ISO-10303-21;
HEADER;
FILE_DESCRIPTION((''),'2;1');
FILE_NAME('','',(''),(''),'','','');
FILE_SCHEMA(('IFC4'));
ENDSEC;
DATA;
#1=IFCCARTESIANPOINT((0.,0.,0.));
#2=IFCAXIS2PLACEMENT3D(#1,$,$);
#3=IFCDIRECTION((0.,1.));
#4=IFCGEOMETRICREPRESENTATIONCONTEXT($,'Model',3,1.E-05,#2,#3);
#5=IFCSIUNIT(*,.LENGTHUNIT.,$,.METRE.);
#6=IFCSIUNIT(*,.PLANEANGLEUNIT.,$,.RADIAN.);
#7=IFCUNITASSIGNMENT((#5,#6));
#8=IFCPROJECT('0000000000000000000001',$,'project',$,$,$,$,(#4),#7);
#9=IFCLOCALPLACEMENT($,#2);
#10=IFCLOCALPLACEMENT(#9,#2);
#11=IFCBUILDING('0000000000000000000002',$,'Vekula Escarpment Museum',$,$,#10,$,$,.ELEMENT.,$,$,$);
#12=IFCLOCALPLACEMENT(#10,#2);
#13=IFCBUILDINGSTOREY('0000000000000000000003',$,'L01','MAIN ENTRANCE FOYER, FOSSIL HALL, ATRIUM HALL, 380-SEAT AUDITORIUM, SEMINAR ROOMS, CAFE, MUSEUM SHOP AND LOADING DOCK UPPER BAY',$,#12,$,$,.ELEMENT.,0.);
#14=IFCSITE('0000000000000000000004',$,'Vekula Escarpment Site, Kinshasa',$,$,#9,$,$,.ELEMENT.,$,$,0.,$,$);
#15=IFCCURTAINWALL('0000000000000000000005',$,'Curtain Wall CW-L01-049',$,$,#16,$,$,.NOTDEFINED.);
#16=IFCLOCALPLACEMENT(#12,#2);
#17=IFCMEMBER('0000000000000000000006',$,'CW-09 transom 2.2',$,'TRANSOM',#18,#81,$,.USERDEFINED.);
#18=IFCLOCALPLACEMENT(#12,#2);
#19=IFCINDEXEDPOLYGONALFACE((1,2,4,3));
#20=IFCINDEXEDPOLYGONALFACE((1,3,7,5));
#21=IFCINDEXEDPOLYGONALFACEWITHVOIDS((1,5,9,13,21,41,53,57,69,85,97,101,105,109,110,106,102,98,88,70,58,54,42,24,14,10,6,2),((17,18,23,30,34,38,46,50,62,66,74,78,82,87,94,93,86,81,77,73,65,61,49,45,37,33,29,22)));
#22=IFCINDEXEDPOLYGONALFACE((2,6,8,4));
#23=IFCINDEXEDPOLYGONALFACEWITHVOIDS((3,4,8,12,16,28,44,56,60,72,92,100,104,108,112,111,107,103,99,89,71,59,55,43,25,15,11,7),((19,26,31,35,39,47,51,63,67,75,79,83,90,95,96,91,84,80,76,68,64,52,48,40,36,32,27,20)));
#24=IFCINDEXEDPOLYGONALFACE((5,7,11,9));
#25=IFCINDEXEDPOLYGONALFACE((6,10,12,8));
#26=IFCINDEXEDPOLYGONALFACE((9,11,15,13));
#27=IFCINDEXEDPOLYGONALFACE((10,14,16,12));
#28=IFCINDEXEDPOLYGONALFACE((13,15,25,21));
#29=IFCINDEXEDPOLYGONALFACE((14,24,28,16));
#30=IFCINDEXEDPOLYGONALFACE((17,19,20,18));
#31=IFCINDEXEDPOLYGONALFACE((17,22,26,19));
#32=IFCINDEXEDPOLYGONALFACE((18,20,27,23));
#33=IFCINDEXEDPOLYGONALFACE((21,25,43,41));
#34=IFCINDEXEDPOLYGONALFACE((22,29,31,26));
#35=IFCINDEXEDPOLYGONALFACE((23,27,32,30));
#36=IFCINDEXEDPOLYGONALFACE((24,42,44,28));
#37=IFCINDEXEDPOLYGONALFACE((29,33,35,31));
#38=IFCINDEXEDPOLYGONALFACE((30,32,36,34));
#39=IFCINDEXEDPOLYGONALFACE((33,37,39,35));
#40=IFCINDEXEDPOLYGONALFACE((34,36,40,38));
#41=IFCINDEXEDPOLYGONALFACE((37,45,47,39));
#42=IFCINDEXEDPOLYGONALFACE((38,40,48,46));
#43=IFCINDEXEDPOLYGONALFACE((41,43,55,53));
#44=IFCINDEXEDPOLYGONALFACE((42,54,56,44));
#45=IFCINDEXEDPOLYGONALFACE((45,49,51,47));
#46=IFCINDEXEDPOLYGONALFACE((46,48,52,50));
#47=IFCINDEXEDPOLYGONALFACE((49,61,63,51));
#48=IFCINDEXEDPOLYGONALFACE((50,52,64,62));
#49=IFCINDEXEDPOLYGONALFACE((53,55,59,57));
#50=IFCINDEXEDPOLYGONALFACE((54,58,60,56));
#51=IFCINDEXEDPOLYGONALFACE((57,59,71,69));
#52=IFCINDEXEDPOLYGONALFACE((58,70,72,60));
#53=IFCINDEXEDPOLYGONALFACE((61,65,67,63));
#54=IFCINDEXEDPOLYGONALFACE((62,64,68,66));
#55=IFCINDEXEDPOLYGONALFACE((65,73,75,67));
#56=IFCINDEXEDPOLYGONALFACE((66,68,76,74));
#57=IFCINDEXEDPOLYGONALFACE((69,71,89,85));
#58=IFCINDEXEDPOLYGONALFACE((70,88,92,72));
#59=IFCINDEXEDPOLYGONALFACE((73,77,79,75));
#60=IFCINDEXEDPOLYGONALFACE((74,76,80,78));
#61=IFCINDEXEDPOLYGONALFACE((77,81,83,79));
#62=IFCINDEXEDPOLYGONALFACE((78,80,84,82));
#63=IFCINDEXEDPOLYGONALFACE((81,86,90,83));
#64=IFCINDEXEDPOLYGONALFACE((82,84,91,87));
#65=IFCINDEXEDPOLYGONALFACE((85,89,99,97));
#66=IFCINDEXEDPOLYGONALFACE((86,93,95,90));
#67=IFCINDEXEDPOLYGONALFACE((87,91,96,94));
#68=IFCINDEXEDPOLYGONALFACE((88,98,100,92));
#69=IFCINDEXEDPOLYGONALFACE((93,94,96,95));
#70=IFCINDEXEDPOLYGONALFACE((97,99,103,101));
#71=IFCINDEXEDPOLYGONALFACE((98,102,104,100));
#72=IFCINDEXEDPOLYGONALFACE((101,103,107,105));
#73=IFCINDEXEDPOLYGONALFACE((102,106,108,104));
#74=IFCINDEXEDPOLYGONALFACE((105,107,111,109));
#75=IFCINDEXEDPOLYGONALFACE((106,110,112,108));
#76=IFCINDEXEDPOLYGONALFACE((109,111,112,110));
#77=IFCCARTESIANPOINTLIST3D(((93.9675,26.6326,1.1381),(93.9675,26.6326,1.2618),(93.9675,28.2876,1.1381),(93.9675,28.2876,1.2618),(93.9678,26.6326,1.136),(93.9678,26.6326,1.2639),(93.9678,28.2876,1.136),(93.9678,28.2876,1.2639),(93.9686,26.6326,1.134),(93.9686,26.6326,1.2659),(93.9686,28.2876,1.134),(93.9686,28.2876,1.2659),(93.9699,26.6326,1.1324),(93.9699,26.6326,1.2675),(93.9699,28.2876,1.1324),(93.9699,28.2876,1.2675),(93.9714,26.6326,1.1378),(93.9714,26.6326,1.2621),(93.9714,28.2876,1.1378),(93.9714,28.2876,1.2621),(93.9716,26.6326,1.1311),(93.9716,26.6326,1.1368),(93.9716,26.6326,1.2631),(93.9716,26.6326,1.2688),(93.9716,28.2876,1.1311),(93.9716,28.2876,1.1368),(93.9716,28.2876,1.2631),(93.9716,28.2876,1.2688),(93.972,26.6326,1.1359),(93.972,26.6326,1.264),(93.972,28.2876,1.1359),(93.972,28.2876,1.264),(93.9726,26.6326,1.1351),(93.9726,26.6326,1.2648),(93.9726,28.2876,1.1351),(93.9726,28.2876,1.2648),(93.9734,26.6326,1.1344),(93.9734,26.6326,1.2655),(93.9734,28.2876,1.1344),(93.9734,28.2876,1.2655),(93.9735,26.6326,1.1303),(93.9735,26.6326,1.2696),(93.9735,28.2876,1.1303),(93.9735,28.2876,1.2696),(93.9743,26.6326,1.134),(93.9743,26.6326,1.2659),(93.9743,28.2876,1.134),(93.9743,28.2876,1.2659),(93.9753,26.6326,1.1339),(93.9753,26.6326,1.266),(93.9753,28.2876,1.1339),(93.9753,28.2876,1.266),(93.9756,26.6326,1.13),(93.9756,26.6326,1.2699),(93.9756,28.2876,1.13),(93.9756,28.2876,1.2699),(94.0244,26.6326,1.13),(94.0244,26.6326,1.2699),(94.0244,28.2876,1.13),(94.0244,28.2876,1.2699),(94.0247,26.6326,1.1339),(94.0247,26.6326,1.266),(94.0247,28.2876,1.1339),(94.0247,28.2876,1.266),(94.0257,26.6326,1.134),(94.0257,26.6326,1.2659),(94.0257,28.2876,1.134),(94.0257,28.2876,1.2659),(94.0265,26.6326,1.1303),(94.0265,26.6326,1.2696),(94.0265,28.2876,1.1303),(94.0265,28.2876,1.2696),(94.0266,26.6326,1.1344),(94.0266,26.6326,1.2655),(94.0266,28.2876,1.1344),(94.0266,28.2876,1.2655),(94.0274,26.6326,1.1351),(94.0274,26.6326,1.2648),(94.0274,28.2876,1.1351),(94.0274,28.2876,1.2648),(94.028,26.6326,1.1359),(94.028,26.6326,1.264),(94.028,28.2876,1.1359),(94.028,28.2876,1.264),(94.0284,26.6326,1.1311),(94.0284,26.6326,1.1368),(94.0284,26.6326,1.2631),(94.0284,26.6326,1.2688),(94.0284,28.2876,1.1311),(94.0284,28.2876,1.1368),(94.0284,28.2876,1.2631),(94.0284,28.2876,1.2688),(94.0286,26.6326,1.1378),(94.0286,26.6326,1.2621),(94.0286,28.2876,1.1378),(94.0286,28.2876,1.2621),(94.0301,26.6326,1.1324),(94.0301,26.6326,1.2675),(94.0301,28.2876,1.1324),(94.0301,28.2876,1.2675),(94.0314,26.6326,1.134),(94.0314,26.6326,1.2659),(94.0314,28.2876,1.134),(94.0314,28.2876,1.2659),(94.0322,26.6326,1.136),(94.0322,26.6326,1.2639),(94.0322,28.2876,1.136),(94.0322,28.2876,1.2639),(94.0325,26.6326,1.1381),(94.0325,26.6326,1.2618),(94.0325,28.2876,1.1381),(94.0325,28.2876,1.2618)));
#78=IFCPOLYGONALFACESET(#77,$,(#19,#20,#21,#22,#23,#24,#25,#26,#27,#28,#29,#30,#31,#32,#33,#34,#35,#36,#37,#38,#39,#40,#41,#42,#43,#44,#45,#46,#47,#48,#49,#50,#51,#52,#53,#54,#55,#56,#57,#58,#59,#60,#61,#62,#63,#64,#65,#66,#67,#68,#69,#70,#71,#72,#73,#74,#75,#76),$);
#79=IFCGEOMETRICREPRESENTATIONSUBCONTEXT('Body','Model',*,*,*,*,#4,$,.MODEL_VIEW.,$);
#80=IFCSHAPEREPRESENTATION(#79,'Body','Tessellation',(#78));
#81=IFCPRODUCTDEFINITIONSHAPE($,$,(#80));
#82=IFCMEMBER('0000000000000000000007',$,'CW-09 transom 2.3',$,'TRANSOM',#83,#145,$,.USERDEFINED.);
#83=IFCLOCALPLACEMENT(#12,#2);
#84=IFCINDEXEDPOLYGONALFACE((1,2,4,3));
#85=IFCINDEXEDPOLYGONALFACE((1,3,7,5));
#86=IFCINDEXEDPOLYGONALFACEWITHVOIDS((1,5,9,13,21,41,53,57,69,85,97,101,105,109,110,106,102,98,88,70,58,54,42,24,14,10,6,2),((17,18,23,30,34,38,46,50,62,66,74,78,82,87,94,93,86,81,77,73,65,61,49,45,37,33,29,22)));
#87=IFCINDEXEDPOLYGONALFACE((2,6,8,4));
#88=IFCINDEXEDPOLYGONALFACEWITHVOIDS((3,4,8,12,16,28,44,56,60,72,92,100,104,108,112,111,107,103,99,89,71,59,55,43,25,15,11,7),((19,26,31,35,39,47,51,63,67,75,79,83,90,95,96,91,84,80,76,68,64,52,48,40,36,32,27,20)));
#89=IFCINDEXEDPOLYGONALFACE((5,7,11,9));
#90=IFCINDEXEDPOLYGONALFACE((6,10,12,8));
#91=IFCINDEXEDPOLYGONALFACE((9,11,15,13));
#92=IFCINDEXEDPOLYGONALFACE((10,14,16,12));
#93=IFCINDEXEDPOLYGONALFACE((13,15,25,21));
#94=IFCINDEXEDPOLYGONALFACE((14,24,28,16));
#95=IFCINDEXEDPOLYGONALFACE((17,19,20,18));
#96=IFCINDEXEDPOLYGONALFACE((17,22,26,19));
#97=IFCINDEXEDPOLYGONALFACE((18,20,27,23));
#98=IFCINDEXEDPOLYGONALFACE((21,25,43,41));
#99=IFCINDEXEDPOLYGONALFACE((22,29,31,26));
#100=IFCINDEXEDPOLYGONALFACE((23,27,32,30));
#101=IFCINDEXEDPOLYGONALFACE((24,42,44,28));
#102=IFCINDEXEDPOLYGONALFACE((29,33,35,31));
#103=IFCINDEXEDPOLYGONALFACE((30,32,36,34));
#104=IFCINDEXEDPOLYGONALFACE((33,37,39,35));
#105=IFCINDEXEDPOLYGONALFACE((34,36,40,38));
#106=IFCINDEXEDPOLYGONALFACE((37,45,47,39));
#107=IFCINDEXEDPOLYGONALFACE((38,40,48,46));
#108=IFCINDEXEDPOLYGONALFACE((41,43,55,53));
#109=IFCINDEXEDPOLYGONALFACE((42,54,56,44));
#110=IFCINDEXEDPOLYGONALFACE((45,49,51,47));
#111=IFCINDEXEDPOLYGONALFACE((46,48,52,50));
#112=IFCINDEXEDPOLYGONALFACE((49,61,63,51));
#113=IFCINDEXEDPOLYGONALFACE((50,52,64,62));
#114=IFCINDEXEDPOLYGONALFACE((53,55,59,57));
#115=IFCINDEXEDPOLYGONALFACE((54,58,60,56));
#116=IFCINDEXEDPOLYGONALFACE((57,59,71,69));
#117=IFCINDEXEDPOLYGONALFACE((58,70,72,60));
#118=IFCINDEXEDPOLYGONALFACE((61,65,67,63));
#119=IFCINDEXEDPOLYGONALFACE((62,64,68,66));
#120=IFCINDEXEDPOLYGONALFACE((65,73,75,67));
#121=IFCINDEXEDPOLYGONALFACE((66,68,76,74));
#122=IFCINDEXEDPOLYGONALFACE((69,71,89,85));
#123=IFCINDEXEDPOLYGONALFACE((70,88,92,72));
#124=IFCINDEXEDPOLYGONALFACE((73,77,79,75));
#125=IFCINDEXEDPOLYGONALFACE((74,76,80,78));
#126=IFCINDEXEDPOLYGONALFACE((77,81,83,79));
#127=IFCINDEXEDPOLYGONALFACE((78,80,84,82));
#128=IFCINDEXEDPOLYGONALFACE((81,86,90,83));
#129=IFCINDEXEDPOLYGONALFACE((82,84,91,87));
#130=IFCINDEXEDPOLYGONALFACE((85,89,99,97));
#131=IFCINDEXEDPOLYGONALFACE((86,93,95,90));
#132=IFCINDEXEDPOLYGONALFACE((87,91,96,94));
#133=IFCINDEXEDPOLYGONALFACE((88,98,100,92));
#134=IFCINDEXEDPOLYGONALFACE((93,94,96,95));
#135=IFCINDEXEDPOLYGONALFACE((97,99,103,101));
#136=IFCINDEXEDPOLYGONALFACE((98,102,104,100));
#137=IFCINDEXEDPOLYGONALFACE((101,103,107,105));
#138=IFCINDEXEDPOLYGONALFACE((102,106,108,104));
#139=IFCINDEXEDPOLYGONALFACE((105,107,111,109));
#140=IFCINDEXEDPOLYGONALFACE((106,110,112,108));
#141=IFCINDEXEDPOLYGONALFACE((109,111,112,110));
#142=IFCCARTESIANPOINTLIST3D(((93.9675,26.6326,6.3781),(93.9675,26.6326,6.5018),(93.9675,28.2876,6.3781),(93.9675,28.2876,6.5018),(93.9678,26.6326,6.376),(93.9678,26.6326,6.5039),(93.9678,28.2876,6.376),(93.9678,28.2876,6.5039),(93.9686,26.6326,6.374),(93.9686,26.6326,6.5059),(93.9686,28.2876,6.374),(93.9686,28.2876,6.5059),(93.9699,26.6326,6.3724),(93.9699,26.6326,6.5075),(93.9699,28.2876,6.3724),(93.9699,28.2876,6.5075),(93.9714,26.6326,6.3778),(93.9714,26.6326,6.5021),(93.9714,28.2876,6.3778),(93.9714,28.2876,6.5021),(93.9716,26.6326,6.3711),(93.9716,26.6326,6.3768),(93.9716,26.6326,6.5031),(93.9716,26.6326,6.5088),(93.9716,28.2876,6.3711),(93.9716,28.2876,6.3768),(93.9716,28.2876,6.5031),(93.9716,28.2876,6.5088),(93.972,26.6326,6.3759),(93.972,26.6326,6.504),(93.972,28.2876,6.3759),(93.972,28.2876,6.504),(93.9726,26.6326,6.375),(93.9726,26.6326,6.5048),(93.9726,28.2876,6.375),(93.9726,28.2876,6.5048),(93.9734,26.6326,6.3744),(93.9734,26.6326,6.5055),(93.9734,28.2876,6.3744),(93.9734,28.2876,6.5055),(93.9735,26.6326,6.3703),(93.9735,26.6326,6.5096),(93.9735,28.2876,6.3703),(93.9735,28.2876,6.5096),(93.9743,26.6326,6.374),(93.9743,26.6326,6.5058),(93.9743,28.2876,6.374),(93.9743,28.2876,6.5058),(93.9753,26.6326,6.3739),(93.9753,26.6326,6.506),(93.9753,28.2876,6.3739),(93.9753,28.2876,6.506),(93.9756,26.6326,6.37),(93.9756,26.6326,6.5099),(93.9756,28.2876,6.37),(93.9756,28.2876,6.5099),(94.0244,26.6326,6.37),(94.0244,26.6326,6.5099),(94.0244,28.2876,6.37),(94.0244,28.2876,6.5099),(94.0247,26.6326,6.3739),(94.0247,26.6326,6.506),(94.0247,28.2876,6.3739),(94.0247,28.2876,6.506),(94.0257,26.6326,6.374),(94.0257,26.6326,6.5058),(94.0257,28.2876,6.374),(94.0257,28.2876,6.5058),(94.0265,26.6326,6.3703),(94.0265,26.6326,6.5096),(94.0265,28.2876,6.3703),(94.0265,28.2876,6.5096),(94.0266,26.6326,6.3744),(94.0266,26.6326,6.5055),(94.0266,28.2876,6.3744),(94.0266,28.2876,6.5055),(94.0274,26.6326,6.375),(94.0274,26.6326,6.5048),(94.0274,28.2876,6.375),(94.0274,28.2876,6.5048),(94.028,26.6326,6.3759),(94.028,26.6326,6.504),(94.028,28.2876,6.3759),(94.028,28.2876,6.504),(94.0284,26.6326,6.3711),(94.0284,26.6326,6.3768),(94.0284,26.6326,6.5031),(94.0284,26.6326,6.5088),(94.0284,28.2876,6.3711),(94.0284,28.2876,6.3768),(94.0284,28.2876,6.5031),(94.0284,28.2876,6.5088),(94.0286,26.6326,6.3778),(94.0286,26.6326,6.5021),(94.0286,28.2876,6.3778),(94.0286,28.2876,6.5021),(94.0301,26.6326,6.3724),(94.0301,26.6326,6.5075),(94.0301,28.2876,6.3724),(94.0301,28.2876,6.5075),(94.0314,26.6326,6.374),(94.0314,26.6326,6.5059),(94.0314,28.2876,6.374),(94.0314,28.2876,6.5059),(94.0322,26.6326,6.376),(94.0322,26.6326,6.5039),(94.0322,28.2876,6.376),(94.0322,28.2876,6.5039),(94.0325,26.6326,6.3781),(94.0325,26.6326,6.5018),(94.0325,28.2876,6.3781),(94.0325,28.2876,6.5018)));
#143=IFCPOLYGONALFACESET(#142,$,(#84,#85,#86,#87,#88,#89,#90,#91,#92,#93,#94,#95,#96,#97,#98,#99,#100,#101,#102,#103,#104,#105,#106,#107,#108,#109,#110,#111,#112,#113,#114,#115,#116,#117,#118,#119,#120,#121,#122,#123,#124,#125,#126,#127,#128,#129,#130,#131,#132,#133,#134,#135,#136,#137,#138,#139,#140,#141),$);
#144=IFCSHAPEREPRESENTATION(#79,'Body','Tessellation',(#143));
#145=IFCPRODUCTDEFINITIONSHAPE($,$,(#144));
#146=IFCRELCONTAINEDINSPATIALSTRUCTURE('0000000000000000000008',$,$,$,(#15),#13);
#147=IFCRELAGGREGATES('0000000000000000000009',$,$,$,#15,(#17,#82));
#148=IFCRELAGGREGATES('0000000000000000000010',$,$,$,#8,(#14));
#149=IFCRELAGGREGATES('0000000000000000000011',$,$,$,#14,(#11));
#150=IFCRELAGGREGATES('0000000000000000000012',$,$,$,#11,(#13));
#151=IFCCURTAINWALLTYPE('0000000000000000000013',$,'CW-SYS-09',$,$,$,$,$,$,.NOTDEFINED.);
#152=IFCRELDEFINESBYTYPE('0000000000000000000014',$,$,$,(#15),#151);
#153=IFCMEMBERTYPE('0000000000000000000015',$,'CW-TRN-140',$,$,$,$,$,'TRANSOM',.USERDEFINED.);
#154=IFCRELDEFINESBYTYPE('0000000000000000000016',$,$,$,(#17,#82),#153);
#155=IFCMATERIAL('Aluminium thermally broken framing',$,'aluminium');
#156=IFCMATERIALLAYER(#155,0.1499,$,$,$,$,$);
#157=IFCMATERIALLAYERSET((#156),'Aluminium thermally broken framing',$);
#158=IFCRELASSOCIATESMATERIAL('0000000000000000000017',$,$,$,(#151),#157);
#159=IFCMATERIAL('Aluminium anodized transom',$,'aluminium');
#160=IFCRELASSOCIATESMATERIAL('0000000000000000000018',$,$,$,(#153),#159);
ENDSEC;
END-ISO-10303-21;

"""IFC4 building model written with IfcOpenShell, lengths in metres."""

from ifc_helpers import new_model, si_unit, direction, frame, origin, origin_2d, place, context, subcontext, project, spatial, hollow_rectangle, extrude, material, layer, layer_set, material_profile, profile_set, type_object, element, aggregate, save


model = new_model("IFC4")

# Units and contexts
model_context = context("Model", 3, precision=1e-05, world=origin(), true_north=direction((0.0, 1.0)))
body_context = subcontext(model_context, "Body", "Model", "MODEL_VIEW")
ifc_project = project(units=[si_unit("LENGTHUNIT", "METRE"), si_unit("PLANEANGLEUNIT", "RADIAN")], contexts=[model_context])

# Site, building, storey
site_placement = place(None, origin())
site = spatial("IfcSite", under=ifc_project, at=site_placement, Name="Vekula Escarpment Site, Kinshasa", CompositionType="ELEMENT", RefElevation=0.0)
building_placement = place(site_placement, origin())
building = spatial("IfcBuilding", under=site, at=building_placement, Name="Vekula Escarpment Museum", CompositionType="ELEMENT")
storey_placement = place(building_placement, origin())
storey = spatial("IfcBuildingStorey", under=building, at=storey_placement, Name="L01", Description="MAIN ENTRANCE FOYER, FOSSIL HALL, ATRIUM HALL, 380-SEAT AUDITORIUM, SEMINAR ROOMS, CAFE, MUSEUM SHOP AND LOADING DOCK UPPER BAY", CompositionType="ELEMENT", Elevation=0.0)

# Curtain wall, members
ifc_material_1 = material(Name="Aluminium thermally broken framing", Category="aluminium")
ifc_layer_1 = layer(ifc_material_1, 0.1499)
ifc_layer_set_1 = layer_set([ifc_layer_1], Name="Aluminium thermally broken framing")
curtain_wall_type = type_object("IfcCurtainWallType", Name="CW-SYS-09", PredefinedType="NOTDEFINED", material=ifc_layer_set_1)
curtain_wall_placement = place(storey_placement, origin())
curtain_wall = element("IfcCurtainWall", 1, at=curtain_wall_placement, inside=storey, type_object=curtain_wall_type, Name="Curtain Wall CW-L01-049", PredefinedType="NOTDEFINED")
ifc_material_2 = material(Name="Aluminium anodized transom", Category="aluminium")
ifc_material_profile_1 = material_profile(ifc_material_2, hollow_rectangle(XDim=0.0649, YDim=0.1399, WallThickness=0.0039, InnerFilletRadius=0.0039, OuterFilletRadius=0.0081, at=origin_2d()), Name="ALU 140x65x4")
ifc_profile_set_1 = profile_set([ifc_material_profile_1], Name="Aluminium anodized transom")
member_type_1 = type_object("IfcMemberType", Name="CW-TRN-140", ElementType="TRANSOM", PredefinedType="USERDEFINED", material=ifc_profile_set_1)
member_1_placement = place(storey_placement, frame((94.0, 28.2876, 1.2), z_axis=(0.0, -1.0, 0.0), x_axis=(1.0, 0.0, 0.0)))
member_1 = element("IfcMember", 2, at=member_1_placement, type_object=member_type_1, Name="CW-09 transom 2.2", ObjectType="TRANSOM", PredefinedType="USERDEFINED", context=body_context, shape_type="SweptSolid", body=[
    extrude(hollow_rectangle(XDim=0.0649, YDim=0.1399, WallThickness=0.0039, InnerFilletRadius=0.0039, OuterFilletRadius=0.0081, at=origin_2d()), origin(), (0.0, 0.0, 1.0), 1.655),
])
member_2_placement = place(storey_placement, frame((94.0, 28.2876, 6.4399), z_axis=(0.0, -1.0, 0.0), x_axis=(1.0, 0.0, 0.0)))
member_2 = element("IfcMember", 3, at=member_2_placement, type_object=member_type_1, Name="CW-09 transom 2.3", ObjectType="TRANSOM", PredefinedType="USERDEFINED", context=body_context, shape_type="SweptSolid", body=[
    extrude(hollow_rectangle(XDim=0.0649, YDim=0.1399, WallThickness=0.0039, InnerFilletRadius=0.0039, OuterFilletRadius=0.0081, at=origin_2d()), origin(), (0.0, 0.0, 1.0), 1.655),
])
aggregate(curtain_wall, [member_1, member_2])

save(model, "model.ifc")
